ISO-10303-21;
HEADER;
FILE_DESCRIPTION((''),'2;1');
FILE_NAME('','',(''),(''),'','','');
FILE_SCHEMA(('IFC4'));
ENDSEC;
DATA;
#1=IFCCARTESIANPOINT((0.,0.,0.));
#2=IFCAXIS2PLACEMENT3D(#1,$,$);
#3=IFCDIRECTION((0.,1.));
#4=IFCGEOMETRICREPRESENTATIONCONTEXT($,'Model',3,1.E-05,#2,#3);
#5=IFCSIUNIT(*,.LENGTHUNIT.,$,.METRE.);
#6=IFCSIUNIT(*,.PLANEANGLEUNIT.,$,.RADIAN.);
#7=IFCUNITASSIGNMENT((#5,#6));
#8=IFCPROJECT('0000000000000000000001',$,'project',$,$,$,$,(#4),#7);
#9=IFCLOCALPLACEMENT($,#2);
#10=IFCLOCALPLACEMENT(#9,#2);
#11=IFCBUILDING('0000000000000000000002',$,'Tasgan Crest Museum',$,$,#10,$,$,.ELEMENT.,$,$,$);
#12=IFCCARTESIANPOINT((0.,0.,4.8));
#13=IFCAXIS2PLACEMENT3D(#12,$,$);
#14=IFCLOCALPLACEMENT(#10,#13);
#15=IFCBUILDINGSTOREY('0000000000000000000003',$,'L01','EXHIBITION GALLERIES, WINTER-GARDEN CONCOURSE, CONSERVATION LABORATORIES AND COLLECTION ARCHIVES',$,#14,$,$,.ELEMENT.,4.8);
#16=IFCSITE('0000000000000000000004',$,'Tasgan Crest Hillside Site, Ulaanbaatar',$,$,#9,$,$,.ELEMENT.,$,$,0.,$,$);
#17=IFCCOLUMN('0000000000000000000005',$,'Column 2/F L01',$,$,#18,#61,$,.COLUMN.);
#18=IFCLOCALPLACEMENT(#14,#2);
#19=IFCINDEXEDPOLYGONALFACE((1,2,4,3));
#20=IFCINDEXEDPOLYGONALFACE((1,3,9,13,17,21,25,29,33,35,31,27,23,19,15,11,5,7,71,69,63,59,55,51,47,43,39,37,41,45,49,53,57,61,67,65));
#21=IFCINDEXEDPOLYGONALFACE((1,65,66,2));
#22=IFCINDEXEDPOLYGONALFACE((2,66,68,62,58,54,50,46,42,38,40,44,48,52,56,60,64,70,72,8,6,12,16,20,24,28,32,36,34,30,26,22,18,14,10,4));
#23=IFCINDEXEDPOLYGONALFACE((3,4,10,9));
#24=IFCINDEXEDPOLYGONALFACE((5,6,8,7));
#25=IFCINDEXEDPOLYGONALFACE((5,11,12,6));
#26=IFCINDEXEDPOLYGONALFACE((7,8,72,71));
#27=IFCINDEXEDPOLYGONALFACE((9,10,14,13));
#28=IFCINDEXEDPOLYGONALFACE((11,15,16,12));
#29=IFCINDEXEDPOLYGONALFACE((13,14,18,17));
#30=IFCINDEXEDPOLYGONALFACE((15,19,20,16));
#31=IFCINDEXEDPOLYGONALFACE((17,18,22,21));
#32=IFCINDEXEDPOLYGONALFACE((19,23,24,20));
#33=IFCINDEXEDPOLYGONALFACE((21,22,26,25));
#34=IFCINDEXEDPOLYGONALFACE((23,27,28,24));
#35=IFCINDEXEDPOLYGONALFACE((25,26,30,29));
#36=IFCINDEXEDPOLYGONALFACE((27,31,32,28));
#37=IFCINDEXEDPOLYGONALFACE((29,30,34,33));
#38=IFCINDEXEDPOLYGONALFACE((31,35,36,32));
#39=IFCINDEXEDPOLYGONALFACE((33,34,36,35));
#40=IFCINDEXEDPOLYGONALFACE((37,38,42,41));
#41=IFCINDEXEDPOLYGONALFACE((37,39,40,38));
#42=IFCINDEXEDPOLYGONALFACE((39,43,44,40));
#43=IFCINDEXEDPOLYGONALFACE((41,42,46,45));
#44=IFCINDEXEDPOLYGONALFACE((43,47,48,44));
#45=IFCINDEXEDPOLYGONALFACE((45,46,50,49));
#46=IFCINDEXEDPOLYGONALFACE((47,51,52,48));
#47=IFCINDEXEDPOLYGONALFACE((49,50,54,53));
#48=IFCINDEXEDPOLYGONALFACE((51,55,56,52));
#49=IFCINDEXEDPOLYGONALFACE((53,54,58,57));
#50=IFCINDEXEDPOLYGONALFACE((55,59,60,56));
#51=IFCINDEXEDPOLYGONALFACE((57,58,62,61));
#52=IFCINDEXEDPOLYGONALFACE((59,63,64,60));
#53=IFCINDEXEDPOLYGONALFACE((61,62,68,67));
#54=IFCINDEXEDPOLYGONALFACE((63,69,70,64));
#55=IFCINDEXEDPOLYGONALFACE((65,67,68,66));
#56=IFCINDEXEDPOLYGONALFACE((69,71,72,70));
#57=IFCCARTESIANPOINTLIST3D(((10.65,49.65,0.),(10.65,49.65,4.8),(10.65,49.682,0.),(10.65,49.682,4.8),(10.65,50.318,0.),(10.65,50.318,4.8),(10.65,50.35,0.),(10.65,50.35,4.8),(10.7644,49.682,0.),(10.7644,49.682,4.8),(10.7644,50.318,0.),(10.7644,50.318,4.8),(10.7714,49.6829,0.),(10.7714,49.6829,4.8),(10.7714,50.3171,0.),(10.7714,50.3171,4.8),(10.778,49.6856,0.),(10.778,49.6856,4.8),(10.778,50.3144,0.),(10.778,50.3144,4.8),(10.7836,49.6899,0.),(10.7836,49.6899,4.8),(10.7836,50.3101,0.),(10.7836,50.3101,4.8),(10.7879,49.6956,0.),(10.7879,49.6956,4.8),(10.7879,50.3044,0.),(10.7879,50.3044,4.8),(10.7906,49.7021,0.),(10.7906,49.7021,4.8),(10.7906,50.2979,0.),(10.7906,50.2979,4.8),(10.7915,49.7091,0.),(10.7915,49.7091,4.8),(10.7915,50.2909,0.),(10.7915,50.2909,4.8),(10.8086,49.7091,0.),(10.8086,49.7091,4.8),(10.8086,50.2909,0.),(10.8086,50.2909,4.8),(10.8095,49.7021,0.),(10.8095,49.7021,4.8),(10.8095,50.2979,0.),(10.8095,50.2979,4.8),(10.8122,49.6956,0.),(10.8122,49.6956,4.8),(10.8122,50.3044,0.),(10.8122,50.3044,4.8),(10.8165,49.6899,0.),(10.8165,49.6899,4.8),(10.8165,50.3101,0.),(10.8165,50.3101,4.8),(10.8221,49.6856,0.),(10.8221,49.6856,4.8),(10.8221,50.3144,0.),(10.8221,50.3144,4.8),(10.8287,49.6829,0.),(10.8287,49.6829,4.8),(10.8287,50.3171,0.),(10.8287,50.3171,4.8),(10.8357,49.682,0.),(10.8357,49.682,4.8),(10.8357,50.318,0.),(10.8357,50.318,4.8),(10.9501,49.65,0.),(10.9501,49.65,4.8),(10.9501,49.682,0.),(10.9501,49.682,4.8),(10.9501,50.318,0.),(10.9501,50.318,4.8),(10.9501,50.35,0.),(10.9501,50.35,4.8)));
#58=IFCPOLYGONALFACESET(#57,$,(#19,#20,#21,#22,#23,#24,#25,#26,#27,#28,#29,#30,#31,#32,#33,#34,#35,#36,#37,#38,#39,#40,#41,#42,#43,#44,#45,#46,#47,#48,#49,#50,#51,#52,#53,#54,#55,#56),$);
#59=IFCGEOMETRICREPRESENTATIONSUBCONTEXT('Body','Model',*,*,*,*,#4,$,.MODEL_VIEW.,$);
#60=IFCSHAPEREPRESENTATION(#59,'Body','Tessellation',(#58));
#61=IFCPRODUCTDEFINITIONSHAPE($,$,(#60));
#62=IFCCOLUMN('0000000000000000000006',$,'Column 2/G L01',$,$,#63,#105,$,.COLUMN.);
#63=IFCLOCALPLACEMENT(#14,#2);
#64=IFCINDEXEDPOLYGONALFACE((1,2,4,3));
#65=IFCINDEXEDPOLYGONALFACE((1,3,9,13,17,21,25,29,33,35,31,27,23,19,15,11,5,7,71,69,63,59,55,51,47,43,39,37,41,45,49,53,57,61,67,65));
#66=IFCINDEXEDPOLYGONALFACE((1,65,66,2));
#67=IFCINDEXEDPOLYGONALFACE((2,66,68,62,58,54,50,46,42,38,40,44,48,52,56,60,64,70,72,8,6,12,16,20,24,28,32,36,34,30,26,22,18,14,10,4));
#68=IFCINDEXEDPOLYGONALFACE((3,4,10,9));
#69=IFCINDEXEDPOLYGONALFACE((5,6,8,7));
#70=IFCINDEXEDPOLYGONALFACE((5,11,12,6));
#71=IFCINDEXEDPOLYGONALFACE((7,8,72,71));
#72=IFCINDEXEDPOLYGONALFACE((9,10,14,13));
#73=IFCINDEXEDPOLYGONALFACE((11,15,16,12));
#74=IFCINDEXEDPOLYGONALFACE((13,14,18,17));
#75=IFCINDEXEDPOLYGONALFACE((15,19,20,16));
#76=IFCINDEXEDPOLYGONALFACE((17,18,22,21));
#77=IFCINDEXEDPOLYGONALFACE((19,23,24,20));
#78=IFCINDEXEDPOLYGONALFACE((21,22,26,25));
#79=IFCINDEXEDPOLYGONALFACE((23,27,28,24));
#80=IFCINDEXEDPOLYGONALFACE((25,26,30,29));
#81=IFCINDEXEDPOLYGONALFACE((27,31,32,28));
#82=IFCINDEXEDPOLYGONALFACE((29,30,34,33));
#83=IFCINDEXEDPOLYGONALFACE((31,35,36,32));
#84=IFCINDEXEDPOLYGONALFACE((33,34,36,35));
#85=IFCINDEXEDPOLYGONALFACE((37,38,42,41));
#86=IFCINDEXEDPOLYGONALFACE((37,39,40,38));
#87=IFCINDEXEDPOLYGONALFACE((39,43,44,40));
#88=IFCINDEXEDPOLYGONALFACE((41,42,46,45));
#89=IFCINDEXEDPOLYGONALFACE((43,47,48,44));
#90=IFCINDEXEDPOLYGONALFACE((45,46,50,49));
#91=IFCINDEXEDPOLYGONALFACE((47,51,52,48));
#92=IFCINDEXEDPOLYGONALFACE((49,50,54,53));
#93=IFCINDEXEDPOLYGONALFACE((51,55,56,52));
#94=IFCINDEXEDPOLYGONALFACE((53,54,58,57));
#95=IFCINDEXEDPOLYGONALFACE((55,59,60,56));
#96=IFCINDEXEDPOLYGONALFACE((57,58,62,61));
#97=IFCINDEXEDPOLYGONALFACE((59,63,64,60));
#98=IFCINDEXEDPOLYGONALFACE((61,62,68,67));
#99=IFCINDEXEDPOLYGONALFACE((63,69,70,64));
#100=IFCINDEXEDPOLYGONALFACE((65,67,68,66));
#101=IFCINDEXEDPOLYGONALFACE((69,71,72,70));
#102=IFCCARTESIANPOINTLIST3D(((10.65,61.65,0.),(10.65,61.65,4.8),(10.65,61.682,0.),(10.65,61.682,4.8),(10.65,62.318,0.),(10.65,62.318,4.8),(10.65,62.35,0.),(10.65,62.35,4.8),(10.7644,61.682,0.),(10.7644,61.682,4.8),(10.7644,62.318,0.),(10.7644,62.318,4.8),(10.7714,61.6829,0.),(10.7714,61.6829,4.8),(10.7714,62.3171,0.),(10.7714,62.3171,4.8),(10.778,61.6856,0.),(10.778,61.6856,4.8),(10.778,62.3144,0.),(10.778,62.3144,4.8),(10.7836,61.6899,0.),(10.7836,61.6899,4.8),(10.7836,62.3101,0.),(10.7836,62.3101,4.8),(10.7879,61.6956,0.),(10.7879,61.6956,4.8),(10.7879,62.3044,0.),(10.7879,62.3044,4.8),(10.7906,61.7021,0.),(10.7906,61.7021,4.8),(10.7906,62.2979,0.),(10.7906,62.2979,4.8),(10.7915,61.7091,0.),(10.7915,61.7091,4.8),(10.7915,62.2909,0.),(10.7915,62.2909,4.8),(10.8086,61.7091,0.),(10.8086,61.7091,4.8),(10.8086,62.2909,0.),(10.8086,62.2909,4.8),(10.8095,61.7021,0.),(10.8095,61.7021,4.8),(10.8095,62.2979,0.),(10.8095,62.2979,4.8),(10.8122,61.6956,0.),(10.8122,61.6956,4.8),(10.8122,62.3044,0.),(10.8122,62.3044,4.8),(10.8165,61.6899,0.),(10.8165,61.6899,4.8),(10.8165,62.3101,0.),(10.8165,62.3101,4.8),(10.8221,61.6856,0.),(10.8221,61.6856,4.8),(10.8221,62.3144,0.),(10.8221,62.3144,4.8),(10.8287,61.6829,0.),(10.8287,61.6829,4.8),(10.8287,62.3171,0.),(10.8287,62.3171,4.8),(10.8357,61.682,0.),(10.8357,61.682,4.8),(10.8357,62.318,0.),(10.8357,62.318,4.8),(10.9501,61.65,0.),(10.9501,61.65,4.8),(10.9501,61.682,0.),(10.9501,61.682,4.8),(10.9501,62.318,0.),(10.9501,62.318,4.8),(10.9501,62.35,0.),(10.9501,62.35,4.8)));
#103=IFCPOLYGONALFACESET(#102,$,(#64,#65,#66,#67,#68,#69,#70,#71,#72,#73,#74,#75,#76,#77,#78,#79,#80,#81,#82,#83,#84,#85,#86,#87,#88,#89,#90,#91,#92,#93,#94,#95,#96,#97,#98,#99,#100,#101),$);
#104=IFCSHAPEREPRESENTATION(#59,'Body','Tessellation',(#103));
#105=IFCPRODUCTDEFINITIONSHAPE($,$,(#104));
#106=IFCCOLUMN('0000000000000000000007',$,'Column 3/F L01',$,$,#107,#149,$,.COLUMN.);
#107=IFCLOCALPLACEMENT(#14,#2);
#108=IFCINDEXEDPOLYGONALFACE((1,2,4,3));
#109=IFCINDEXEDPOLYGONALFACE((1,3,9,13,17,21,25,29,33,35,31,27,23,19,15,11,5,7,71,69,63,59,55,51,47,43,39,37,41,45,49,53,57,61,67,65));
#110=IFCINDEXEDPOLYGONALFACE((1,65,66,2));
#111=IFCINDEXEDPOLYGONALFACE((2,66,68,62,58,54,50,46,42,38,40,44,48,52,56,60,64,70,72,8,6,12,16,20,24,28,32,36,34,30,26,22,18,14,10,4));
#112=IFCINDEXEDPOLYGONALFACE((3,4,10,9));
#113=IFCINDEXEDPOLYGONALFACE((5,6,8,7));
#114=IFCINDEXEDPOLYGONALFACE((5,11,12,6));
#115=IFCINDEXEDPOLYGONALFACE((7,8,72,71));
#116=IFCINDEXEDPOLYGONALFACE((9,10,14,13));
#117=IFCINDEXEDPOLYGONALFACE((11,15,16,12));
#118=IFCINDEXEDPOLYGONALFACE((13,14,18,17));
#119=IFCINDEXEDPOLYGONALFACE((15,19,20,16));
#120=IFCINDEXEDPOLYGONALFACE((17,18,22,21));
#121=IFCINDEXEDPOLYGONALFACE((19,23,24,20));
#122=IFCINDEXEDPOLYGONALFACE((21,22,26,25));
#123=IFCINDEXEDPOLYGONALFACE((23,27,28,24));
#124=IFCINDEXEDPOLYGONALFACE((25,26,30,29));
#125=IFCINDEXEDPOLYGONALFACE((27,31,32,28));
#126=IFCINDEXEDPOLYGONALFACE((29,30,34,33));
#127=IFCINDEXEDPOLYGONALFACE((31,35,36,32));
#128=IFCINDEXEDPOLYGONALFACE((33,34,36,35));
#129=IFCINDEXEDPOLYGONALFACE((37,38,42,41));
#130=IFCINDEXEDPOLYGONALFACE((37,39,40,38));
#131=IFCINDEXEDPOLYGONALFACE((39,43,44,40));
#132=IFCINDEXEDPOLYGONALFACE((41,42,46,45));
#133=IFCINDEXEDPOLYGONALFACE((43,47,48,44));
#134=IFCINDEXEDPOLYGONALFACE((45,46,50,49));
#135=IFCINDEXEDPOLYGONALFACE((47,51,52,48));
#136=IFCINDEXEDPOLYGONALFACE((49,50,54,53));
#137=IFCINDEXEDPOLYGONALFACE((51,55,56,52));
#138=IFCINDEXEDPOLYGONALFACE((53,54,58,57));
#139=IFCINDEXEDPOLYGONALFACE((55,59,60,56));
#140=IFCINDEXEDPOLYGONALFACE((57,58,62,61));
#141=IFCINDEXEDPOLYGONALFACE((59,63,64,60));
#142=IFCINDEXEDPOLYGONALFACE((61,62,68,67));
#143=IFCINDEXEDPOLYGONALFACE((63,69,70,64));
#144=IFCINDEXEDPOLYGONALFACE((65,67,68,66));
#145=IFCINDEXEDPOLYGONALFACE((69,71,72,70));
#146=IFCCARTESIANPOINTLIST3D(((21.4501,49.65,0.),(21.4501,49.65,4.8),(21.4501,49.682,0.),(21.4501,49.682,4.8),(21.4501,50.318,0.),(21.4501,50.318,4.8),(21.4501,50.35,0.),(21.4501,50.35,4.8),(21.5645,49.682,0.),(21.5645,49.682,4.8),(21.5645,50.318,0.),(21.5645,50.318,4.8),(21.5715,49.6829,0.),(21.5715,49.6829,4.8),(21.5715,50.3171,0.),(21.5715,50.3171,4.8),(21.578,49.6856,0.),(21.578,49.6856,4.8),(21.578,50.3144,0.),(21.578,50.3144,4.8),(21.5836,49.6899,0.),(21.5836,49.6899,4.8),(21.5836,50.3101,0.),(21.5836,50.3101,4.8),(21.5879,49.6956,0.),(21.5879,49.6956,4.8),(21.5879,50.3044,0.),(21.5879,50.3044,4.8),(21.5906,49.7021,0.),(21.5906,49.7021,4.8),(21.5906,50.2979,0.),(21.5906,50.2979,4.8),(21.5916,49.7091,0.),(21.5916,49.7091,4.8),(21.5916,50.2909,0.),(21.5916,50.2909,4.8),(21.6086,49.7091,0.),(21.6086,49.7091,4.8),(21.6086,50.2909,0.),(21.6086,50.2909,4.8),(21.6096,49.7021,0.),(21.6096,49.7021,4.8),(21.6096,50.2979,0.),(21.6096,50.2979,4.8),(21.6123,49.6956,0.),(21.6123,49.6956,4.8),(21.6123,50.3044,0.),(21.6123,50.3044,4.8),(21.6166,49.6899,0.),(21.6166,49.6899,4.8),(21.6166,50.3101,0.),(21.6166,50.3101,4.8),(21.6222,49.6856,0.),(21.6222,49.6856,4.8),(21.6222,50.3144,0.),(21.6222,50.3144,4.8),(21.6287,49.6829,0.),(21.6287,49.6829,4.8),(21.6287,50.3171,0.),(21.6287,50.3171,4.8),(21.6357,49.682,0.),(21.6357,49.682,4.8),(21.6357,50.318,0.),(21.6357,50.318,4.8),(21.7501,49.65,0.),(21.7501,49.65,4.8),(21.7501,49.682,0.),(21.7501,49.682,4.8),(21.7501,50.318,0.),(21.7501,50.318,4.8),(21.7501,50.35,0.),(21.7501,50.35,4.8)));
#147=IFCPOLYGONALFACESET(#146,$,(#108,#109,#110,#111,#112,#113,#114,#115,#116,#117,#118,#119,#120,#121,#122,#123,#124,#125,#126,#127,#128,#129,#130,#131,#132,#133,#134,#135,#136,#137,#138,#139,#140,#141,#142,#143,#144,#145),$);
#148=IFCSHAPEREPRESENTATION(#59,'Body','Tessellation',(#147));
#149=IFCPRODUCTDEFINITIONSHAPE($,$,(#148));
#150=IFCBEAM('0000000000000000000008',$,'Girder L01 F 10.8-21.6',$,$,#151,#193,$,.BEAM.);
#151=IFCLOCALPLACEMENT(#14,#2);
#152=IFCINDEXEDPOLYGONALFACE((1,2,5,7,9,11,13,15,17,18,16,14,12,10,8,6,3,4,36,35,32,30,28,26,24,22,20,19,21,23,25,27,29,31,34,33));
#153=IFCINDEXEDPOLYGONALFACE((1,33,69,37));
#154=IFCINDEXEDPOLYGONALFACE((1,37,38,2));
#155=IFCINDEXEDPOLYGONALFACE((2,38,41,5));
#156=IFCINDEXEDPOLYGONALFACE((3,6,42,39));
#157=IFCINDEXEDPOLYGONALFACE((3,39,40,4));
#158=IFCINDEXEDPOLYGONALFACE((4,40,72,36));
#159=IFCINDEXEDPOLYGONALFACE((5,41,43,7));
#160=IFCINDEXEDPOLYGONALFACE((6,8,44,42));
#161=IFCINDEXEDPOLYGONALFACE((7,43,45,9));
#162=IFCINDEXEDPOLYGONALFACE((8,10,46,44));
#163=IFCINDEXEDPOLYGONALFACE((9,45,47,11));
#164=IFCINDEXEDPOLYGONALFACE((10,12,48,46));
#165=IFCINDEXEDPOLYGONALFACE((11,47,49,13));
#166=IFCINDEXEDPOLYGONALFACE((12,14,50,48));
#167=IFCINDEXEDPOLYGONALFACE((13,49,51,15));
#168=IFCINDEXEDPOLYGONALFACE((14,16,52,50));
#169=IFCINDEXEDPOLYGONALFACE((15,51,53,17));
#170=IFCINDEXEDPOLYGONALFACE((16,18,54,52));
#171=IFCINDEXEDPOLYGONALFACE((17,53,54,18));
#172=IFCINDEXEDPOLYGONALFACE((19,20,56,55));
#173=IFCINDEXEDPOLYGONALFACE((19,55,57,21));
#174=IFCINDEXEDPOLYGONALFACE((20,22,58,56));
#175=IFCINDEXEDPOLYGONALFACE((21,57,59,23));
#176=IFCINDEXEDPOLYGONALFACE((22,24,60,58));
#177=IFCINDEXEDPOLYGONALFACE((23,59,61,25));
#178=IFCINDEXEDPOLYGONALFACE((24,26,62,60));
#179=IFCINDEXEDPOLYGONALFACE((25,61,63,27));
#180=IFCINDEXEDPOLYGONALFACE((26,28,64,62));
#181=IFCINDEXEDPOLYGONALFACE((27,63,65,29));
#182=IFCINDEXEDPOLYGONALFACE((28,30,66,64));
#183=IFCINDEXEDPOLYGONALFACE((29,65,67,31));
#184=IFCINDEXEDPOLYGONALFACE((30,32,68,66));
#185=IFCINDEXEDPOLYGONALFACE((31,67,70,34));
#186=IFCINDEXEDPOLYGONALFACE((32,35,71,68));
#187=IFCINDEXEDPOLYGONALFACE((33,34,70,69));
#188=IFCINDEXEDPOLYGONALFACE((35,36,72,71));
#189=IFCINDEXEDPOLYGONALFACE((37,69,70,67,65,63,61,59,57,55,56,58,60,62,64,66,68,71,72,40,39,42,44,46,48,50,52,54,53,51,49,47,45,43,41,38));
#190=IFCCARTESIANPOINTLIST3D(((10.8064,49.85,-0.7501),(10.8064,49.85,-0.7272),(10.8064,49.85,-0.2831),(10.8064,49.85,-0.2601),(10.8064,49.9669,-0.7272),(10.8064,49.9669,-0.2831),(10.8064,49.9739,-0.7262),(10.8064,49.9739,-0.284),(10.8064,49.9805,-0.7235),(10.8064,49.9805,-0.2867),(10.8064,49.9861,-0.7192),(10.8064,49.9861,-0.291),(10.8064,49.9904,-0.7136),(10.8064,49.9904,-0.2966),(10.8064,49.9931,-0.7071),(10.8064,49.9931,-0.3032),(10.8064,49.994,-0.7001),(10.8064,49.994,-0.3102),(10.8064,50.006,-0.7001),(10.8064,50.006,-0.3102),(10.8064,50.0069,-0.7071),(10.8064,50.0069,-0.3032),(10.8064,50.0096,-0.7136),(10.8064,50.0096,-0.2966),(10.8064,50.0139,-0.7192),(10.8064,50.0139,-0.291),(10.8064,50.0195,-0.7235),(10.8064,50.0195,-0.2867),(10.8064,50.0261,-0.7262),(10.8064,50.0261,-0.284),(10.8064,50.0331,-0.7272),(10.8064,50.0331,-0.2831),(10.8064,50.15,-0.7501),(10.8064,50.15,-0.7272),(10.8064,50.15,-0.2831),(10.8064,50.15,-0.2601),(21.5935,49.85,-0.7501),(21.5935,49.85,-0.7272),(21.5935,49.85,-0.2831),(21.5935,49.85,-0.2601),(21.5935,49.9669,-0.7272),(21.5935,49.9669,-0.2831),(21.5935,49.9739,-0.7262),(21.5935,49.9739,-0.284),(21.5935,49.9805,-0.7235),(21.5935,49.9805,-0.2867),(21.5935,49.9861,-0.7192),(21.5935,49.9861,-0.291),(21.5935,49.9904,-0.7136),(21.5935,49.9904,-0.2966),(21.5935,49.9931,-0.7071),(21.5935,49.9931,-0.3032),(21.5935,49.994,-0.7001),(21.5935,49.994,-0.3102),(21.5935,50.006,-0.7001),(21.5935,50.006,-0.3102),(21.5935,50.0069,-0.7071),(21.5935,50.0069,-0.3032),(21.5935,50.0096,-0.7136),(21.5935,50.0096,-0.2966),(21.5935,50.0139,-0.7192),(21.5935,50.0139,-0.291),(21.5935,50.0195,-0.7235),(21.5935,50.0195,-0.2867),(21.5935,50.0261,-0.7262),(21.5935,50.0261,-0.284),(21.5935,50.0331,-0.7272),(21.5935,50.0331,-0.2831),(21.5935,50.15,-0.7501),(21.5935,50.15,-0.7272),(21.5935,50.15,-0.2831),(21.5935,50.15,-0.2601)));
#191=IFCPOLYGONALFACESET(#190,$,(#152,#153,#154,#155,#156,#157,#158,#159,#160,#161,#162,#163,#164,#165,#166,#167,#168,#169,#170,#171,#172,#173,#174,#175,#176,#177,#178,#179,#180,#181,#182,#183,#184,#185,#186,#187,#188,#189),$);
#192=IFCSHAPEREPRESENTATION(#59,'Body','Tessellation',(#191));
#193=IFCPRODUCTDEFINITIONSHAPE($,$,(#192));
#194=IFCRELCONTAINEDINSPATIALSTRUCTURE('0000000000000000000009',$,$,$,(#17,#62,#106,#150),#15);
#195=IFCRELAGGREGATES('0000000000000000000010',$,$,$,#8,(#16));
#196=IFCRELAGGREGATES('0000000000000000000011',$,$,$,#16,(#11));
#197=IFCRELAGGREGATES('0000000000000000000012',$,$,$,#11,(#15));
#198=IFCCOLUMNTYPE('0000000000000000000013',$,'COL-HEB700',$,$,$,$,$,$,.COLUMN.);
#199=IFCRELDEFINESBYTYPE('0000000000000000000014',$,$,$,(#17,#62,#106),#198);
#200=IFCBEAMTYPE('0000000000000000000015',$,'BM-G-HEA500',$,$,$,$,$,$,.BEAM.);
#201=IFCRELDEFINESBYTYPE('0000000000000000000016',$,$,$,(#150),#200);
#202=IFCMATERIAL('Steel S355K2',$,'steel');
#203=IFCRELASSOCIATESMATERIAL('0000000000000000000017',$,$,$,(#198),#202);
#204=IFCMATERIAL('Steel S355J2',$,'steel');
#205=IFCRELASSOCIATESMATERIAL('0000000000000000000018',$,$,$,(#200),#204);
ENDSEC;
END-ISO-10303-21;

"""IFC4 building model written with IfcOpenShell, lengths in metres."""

from ifc_helpers import new_model, si_unit, direction, frame, origin, origin_2d, place, context, subcontext, project, spatial, i_section, extrude, material, material_profile, profile_set, type_object, element, save


model = new_model("IFC4")

# Units and contexts
model_context = context("Model", 3, precision=1e-05, world=origin(), true_north=direction((0.0, 1.0)))
body_context = subcontext(model_context, "Body", "Model", "MODEL_VIEW")
ifc_project = project(units=[si_unit("LENGTHUNIT", "METRE"), si_unit("PLANEANGLEUNIT", "RADIAN")], contexts=[model_context])

# Site, building, storey
site_placement = place(None, origin())
site = spatial("IfcSite", under=ifc_project, at=site_placement, Name="Tasgan Crest Hillside Site, Ulaanbaatar", CompositionType="ELEMENT", RefElevation=0.0)
building_placement = place(site_placement, origin())
building = spatial("IfcBuilding", under=site, at=building_placement, Name="Tasgan Crest Museum", CompositionType="ELEMENT")
storey_placement = place(building_placement, frame((0.0, 0.0, 4.8)))
storey = spatial("IfcBuildingStorey", under=building, at=storey_placement, Name="L01", Description="EXHIBITION GALLERIES, WINTER-GARDEN CONCOURSE, CONSERVATION LABORATORIES AND COLLECTION ARCHIVES", CompositionType="ELEMENT", Elevation=4.8)

# Columns
ifc_material_1 = material(Name="Steel S355K2", Category="steel")
ifc_material_profile_1 = material_profile(ifc_material_1, i_section(OverallWidth=0.3, OverallDepth=0.7, WebThickness=0.0171, FlangeThickness=0.032, FilletRadius=0.0271, at=origin_2d()), Name="HEB 700")
ifc_profile_set_1 = profile_set([ifc_material_profile_1], Name="Steel S355K2")
column_type = type_object("IfcColumnType", Name="COL-HEB700", PredefinedType="COLUMN", material=ifc_profile_set_1)
for number, where, z_axis, x_axis, name in (
    (1, (10.8, 50.0, 0.0), (0.0, 0.0, 1.0), (1.0, 0.0, 0.0), "Column 2/F L01"),
    (2, (10.8, 62.0, 0.0), (0.0, 0.0, 1.0), (1.0, 0.0, 0.0), "Column 2/G L01"),
    (3, (21.6001, 50.0, 0.0), (0.0, 0.0, 1.0), (1.0, 0.0, 0.0), "Column 3/F L01"),
):
    element("IfcColumn", number, at=place(storey_placement, frame(where, z_axis=z_axis, x_axis=x_axis)), inside=storey, type_object=column_type, Name=name, PredefinedType="COLUMN", context=body_context, shape_type="SweptSolid", body=[
        extrude(i_section(OverallWidth=0.3, OverallDepth=0.7, WebThickness=0.0171, FlangeThickness=0.032, FilletRadius=0.0271, at=origin_2d()), origin(), (0.0, 0.0, 1.0), 4.8),
    ])

# Beam
ifc_material_2 = material(Name="Steel S355J2", Category="steel")
ifc_material_profile_2 = material_profile(ifc_material_2, i_section(OverallWidth=0.3, OverallDepth=0.49, WebThickness=0.012, FlangeThickness=0.0229, FilletRadius=0.0271, at=origin_2d()), Name="HEA 500")
ifc_profile_set_2 = profile_set([ifc_material_profile_2], Name="Steel S355J2")
beam_type_1 = type_object("IfcBeamType", Name="BM-G-HEA500", PredefinedType="BEAM", material=ifc_profile_set_2)
for number, where, z_axis, x_axis, name in (
    (4, (10.8064, 50.0, -0.5051), (1.0, 0.0, 0.0), (0.0, 1.0, 0.0), "Girder L01 F 10.8-21.6"),
):
    element("IfcBeam", number, at=place(storey_placement, frame(where, z_axis=z_axis, x_axis=x_axis)), inside=storey, type_object=beam_type_1, Name=name, PredefinedType="BEAM", context=body_context, shape_type="SweptSolid", body=[
        extrude(i_section(OverallWidth=0.3, OverallDepth=0.49, WebThickness=0.012, FlangeThickness=0.0229, FilletRadius=0.0271, at=origin_2d()), origin(), (0.0, 0.0, 1.0), 10.7871),
    ])

save(model, "model.ifc")
